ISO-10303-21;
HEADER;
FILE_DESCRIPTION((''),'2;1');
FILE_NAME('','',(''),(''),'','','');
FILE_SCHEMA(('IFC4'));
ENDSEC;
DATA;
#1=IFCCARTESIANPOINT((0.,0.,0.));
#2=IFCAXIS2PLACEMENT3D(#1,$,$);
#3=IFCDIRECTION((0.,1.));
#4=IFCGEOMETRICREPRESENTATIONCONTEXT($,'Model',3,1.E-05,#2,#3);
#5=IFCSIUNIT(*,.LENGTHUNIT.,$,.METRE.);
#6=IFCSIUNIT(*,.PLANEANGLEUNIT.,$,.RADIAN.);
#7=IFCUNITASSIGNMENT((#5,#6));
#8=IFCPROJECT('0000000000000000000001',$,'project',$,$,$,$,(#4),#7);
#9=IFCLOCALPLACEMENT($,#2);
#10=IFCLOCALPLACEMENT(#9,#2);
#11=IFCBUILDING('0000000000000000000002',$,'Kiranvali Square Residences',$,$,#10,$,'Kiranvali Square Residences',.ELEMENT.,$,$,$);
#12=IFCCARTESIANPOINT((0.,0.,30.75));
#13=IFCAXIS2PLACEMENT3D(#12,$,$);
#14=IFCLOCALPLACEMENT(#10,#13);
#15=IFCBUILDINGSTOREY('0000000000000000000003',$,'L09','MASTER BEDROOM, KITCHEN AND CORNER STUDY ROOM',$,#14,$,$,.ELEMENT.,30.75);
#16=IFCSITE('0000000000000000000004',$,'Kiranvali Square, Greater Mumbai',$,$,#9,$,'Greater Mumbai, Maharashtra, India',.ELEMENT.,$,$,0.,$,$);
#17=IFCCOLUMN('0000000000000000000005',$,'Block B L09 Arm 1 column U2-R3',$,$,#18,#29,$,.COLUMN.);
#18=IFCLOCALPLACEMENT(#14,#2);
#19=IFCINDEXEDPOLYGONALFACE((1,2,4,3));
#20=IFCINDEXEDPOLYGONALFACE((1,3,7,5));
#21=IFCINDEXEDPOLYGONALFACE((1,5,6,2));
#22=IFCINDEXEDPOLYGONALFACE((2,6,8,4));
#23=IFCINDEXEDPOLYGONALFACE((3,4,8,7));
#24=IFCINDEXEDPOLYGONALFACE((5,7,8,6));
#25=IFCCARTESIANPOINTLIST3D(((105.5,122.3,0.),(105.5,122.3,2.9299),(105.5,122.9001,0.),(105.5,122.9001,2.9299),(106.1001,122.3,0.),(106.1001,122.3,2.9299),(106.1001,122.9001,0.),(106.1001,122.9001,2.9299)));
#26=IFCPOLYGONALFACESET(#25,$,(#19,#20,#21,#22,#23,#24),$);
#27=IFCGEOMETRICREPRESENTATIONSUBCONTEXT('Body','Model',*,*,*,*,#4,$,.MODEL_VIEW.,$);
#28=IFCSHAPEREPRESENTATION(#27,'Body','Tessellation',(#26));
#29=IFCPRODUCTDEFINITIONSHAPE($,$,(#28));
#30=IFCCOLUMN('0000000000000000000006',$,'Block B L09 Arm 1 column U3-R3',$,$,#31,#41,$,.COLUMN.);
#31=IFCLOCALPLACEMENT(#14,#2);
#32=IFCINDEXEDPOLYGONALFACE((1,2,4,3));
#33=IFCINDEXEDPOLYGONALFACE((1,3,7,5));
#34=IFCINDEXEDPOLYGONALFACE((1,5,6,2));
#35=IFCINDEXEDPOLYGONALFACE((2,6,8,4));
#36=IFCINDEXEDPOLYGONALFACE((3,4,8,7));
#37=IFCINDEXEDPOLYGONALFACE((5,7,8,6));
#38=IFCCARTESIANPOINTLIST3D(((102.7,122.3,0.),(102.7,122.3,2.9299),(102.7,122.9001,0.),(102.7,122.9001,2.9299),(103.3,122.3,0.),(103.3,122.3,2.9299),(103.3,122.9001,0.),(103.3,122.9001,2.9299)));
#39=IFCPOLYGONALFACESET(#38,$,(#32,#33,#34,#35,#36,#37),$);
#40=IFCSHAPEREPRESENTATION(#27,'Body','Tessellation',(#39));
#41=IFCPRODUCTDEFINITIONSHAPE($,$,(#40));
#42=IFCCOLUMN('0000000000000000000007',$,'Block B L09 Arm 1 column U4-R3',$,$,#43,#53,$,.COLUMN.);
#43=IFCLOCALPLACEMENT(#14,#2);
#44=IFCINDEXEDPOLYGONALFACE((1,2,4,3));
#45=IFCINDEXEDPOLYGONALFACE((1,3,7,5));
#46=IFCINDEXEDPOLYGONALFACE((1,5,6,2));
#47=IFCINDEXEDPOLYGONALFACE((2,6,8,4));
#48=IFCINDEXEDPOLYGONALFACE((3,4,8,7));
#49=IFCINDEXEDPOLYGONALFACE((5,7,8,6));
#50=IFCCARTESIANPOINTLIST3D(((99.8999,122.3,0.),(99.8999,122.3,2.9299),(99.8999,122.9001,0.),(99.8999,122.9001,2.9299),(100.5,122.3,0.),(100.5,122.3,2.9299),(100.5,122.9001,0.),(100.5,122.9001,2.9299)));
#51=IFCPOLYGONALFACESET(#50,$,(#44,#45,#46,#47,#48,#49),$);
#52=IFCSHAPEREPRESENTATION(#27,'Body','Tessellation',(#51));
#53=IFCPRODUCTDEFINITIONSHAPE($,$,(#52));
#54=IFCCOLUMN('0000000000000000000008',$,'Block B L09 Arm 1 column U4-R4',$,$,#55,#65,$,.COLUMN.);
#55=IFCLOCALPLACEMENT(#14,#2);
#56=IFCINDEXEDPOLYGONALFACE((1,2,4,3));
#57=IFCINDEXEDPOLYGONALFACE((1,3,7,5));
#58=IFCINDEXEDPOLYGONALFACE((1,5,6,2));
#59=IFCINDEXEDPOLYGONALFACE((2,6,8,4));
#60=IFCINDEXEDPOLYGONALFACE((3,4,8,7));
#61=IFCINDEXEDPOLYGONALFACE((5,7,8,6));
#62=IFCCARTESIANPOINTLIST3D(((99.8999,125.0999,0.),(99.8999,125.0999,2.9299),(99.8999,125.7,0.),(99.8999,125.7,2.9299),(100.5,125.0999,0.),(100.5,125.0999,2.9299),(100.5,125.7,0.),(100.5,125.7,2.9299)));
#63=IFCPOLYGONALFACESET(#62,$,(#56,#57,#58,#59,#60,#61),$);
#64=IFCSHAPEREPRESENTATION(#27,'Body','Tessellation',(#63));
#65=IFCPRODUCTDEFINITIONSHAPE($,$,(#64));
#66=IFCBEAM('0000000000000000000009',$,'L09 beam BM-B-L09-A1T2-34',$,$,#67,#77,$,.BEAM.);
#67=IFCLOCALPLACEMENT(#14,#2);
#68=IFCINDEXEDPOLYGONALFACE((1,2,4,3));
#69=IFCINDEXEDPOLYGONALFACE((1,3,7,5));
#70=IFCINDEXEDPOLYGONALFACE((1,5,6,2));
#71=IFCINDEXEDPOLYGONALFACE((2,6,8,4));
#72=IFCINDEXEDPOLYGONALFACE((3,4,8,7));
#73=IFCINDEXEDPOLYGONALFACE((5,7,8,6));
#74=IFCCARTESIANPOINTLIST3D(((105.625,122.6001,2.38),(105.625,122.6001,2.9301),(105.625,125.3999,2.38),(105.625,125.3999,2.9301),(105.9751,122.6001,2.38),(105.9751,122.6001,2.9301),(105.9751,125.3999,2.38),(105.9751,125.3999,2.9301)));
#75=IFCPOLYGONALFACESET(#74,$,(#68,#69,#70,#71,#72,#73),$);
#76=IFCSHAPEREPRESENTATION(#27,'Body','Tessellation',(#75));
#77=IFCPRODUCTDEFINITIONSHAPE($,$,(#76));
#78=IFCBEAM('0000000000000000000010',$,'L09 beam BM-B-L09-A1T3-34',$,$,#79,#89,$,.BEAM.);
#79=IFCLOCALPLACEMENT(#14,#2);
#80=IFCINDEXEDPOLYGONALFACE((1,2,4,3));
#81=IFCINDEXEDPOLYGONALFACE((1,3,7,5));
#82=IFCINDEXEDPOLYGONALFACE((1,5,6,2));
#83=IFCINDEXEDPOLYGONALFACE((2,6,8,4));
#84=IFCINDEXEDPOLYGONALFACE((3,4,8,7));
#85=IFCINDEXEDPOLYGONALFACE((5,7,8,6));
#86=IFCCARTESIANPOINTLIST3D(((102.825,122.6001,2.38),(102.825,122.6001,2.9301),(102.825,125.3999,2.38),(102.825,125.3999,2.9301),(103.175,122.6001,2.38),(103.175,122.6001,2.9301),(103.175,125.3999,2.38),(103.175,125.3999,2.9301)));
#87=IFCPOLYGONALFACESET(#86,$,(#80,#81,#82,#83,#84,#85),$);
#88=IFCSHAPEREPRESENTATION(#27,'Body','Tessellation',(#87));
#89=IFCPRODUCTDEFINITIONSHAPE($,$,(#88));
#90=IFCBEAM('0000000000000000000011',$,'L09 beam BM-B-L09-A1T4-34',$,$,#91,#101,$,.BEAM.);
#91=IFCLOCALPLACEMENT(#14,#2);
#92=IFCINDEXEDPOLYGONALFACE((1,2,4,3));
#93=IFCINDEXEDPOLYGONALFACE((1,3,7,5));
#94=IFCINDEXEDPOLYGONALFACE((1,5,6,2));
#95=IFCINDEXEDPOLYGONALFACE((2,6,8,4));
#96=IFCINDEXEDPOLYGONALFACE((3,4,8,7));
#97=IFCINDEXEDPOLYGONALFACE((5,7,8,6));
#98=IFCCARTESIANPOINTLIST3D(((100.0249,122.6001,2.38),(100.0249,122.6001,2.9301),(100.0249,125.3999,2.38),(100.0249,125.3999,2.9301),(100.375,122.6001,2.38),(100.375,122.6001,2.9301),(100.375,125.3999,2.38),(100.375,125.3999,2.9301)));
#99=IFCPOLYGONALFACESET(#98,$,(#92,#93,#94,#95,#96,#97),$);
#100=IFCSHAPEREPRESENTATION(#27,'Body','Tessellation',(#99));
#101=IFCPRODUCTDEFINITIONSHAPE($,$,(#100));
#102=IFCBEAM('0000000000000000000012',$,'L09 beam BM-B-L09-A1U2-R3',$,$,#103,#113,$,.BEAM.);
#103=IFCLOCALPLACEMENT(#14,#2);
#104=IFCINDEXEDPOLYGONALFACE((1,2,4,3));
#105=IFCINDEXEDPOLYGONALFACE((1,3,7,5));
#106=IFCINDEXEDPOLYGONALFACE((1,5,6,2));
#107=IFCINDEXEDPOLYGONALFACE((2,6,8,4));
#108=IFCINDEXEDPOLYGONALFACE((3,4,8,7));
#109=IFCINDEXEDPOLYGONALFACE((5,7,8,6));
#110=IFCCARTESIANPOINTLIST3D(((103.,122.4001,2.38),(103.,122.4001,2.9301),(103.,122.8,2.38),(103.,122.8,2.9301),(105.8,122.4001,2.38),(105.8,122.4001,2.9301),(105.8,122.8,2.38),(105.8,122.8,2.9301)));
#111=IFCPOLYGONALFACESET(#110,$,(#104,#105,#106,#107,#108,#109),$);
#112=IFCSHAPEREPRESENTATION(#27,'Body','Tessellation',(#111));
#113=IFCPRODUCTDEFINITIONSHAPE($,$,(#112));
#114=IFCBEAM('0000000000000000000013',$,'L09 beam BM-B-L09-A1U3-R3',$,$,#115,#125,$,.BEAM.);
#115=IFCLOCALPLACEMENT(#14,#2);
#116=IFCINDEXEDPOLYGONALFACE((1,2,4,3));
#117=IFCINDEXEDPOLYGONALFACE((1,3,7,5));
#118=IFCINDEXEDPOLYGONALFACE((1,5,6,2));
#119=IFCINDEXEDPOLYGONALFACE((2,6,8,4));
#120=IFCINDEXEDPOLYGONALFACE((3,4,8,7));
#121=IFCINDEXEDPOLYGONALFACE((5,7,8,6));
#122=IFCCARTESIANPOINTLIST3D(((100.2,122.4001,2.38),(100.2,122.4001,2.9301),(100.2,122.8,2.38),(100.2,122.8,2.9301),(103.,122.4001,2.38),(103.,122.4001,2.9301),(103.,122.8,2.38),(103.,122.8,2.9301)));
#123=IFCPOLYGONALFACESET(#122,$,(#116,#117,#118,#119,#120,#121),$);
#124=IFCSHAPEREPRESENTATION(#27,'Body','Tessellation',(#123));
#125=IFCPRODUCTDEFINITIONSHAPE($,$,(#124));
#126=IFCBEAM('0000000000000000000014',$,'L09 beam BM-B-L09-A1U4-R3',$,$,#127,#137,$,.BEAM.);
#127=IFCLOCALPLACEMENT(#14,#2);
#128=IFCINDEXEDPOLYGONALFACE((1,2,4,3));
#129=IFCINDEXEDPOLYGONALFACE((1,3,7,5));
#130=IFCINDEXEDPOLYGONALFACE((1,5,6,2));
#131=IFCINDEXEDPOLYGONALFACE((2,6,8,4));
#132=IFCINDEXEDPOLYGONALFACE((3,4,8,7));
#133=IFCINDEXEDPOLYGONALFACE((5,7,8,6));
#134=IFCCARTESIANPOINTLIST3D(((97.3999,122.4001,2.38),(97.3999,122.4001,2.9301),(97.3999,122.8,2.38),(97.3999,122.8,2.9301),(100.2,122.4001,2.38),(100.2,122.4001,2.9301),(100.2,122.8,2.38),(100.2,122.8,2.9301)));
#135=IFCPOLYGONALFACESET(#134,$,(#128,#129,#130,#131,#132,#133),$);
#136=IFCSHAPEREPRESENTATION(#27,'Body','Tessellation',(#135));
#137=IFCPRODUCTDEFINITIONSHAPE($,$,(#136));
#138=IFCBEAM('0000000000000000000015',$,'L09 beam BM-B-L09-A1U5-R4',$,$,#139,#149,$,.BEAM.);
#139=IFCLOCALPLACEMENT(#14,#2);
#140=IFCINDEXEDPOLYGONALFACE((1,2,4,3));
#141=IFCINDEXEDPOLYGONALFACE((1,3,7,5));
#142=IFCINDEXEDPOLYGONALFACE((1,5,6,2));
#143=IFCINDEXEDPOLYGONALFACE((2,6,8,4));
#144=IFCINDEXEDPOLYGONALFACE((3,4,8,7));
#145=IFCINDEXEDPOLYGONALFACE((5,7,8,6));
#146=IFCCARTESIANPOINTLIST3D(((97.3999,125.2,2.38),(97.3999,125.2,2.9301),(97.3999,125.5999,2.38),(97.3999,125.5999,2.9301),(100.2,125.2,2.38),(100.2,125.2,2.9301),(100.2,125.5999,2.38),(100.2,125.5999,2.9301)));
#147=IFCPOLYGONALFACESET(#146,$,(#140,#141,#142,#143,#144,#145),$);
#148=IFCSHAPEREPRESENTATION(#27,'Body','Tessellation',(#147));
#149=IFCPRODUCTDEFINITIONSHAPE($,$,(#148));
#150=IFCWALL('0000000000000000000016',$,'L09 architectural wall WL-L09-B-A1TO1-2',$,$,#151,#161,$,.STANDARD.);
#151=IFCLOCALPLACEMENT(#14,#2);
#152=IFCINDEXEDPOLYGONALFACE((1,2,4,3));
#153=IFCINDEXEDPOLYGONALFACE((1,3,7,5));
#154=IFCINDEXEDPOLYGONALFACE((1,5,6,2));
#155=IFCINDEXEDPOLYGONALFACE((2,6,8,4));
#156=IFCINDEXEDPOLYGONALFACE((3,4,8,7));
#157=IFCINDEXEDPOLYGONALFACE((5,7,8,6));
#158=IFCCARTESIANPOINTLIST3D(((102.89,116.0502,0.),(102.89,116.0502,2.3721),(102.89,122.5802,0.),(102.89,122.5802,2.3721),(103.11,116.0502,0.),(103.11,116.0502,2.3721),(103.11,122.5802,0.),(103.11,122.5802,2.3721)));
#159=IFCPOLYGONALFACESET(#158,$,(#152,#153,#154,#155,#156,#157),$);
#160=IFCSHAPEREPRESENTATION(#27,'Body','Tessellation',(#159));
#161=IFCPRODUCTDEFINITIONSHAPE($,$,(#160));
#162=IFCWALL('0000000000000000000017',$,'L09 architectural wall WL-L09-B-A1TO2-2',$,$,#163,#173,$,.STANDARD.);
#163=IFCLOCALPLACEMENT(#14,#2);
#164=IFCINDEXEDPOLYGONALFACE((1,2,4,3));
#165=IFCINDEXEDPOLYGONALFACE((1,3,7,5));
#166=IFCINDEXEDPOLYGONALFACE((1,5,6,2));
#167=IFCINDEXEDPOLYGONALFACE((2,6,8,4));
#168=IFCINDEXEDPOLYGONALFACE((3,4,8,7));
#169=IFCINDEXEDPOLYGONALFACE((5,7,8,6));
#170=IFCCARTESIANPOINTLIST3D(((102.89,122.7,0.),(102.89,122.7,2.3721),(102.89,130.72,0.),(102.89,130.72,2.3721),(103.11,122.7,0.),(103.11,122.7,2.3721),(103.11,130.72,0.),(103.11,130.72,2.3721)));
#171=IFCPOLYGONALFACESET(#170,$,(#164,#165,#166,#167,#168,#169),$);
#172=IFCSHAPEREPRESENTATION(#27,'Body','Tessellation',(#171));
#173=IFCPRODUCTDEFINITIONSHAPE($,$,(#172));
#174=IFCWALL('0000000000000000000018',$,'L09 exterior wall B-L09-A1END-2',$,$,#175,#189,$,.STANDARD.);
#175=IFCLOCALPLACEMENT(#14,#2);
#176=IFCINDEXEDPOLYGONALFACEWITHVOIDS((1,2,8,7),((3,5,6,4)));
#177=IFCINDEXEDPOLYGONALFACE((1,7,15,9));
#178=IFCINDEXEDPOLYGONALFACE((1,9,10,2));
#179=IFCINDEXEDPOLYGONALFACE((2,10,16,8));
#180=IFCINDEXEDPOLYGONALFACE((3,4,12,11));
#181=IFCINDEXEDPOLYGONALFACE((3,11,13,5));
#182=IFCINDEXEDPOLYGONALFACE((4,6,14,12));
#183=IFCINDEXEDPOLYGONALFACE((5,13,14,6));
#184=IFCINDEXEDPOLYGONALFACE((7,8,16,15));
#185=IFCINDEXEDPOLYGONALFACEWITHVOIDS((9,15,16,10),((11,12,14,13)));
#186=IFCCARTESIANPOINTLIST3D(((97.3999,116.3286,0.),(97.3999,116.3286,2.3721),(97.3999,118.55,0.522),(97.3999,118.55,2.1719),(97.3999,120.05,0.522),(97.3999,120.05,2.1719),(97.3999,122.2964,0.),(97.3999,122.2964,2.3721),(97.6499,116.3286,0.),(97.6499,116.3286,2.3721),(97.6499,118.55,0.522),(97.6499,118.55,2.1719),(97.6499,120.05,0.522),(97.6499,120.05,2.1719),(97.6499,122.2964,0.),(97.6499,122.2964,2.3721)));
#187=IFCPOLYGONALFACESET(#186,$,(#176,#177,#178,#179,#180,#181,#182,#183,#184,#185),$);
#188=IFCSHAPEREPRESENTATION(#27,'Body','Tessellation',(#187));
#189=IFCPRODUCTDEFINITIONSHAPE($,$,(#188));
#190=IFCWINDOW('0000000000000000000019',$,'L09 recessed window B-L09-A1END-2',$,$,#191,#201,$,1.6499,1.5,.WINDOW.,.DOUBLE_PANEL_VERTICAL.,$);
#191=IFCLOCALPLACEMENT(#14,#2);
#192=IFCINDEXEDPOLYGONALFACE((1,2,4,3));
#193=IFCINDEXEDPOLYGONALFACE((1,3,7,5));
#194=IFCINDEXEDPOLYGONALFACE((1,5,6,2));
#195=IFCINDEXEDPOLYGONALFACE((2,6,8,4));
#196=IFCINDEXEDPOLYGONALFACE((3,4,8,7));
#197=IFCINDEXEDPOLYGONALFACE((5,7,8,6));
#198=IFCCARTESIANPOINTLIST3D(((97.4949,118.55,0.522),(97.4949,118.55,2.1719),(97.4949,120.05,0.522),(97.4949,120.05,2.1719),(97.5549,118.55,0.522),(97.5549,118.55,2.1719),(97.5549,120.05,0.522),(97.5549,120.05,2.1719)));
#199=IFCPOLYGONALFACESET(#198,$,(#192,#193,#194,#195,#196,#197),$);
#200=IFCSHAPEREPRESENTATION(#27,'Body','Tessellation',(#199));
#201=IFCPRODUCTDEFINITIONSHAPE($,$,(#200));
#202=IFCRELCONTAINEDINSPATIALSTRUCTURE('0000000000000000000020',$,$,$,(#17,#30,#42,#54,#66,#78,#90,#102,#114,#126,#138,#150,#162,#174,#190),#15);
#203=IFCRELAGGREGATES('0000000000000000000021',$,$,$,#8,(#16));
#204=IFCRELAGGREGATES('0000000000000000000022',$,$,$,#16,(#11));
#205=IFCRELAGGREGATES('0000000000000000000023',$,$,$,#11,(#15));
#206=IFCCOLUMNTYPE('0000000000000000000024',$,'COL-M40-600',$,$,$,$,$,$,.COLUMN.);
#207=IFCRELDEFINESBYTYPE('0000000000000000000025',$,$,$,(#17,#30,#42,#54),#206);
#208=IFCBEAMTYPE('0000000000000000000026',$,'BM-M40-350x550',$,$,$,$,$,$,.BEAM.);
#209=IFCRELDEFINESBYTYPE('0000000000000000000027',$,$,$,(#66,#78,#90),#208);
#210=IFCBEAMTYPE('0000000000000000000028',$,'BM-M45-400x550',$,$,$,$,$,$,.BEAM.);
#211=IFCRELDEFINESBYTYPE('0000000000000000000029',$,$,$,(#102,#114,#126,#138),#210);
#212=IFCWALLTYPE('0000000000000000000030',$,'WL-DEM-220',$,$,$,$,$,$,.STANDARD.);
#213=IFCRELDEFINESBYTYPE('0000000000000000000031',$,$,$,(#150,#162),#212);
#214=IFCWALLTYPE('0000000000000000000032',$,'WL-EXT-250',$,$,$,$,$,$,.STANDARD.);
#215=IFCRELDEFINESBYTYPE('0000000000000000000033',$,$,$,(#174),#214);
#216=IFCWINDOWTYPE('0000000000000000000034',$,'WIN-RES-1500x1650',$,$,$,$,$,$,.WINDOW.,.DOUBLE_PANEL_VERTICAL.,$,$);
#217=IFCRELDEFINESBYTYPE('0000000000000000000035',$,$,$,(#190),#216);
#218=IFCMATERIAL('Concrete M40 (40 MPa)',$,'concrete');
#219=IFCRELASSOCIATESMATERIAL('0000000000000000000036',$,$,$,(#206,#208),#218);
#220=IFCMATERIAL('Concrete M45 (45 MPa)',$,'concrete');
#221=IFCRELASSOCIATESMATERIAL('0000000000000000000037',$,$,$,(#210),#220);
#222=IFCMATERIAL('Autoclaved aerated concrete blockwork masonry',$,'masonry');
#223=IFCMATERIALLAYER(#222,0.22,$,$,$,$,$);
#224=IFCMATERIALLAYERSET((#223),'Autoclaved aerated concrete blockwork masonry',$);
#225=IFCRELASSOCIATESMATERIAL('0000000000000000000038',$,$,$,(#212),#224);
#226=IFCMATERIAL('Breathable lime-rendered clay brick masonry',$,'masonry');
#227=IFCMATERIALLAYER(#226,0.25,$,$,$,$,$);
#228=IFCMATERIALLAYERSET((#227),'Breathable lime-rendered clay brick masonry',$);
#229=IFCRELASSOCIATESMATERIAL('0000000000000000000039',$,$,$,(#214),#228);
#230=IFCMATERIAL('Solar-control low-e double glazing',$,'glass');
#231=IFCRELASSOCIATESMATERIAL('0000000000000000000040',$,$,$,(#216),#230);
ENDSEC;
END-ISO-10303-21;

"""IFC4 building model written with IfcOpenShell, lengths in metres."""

from ifc_helpers import new_model, si_unit, direction, frame, frame_2d, origin, origin_2d, place, context, subcontext, project, spatial, rectangle, extrude, material, layer, layer_set, material_profile, profile_set, type_object, element, fill, save


model = new_model("IFC4")

# Units and contexts
model_context = context("Model", 3, precision=1e-05, world=origin(), true_north=direction((0.0, 1.0)))
body_context = subcontext(model_context, "Body", "Model", "MODEL_VIEW")
ifc_project = project(units=[si_unit("LENGTHUNIT", "METRE"), si_unit("PLANEANGLEUNIT", "RADIAN")], contexts=[model_context])

# Site, building, storey
site_placement = place(None, origin())
site = spatial("IfcSite", under=ifc_project, at=site_placement, Name="Kiranvali Square, Greater Mumbai", LongName="Greater Mumbai, Maharashtra, India", CompositionType="ELEMENT", RefElevation=0.0)
building_placement = place(site_placement, origin())
building = spatial("IfcBuilding", under=site, at=building_placement, Name="Kiranvali Square Residences", LongName="Kiranvali Square Residences", CompositionType="ELEMENT")
storey_placement = place(building_placement, frame((0.0, 0.0, 30.75)))
storey = spatial("IfcBuildingStorey", under=building, at=storey_placement, Name="L09", Description="MASTER BEDROOM, KITCHEN AND CORNER STUDY ROOM", CompositionType="ELEMENT", Elevation=30.75)

# Columns
ifc_material_1 = material(Name="Concrete M40 (40 MPa)", Category="concrete")
ifc_material_profile_1 = material_profile(ifc_material_1, rectangle(XDim=0.6001, YDim=0.6001, at=origin_2d()), Name="RC 600x600")
ifc_profile_set_1 = profile_set([ifc_material_profile_1], Name="Concrete M40 (40 MPa)")
column_type = type_object("IfcColumnType", Name="COL-M40-600", PredefinedType="COLUMN", material=ifc_profile_set_1)
for number, where, z_axis, x_axis, name in (
    (1, (105.8, 122.6001, 0.0), (0.0, 0.0, 1.0), (1.0, 0.0, 0.0), "Block B L09 Arm 1 column U2-R3"),
    (2, (103.0, 122.6001, 0.0), (0.0, 0.0, 1.0), (1.0, 0.0, 0.0), "Block B L09 Arm 1 column U3-R3"),
    (3, (100.2, 122.6001, 0.0), (0.0, 0.0, 1.0), (1.0, 0.0, 0.0), "Block B L09 Arm 1 column U4-R3"),
    (4, (100.2, 125.3999, 0.0), (0.0, 0.0, 1.0), (1.0, 0.0, 0.0), "Block B L09 Arm 1 column U4-R4"),
):
    element("IfcColumn", number, at=place(storey_placement, frame(where, z_axis=z_axis, x_axis=x_axis)), inside=storey, type_object=column_type, Name=name, PredefinedType="COLUMN", context=body_context, shape_type="SweptSolid", body=[
        extrude(rectangle(XDim=0.6001, YDim=0.6001, at=origin_2d()), origin(), (0.0, 0.0, 1.0), 2.9299),
    ])

# Beams
ifc_material_profile_2 = material_profile(ifc_material_1, rectangle(XDim=0.3501, YDim=0.55, at=origin_2d()), Name="RC 350x550")
ifc_profile_set_2 = profile_set([ifc_material_profile_2], Name="Concrete M40 (40 MPa)")
beam_type_1 = type_object("IfcBeamType", Name="BM-M40-350x550", PredefinedType="BEAM", material=ifc_profile_set_2)
for number, where, z_axis, x_axis, name in (
    (5, (105.8, 122.6001, 2.655), (0.0, 1.0, 0.0), (-1.0, 0.0, 0.0), "L09 beam BM-B-L09-A1T2-34"),
    (6, (103.0, 122.6001, 2.655), (0.0, 1.0, 0.0), (-1.0, 0.0, 0.0), "L09 beam BM-B-L09-A1T3-34"),
    (7, (100.2, 122.6001, 2.655), (0.0, 1.0, 0.0), (-1.0, 0.0, 0.0), "L09 beam BM-B-L09-A1T4-34"),
):
    element("IfcBeam", number, at=place(storey_placement, frame(where, z_axis=z_axis, x_axis=x_axis)), inside=storey, type_object=beam_type_1, Name=name, PredefinedType="BEAM", context=body_context, shape_type="SweptSolid", body=[
        extrude(rectangle(XDim=0.3501, YDim=0.55, at=origin_2d()), origin(), (0.0, 0.0, 1.0), 2.7998),
    ])
ifc_material_2 = material(Name="Concrete M45 (45 MPa)", Category="concrete")
ifc_material_profile_3 = material_profile(ifc_material_2, rectangle(XDim=0.3999, YDim=0.55, at=origin_2d()), Name="RC 400x550")
ifc_profile_set_3 = profile_set([ifc_material_profile_3], Name="Concrete M45 (45 MPa)")
beam_type_2 = type_object("IfcBeamType", Name="BM-M45-400x550", PredefinedType="BEAM", material=ifc_profile_set_3)
for number, where, z_axis, x_axis, name in (
    (8, (105.8, 122.6001, 2.655), (-1.0, 0.0, 0.0), (0.0, -1.0, 0.0), "L09 beam BM-B-L09-A1U2-R3"),
    (9, (103.0, 122.6001, 2.655), (-1.0, 0.0, 0.0), (0.0, -1.0, 0.0), "L09 beam BM-B-L09-A1U3-R3"),
    (10, (100.2, 122.6001, 2.655), (-1.0, 0.0, 0.0), (0.0, -1.0, 0.0), "L09 beam BM-B-L09-A1U4-R3"),
    (11, (100.2, 125.3999, 2.655), (-1.0, 0.0, 0.0), (0.0, -1.0, 0.0), "L09 beam BM-B-L09-A1U5-R4"),
):
    element("IfcBeam", number, at=place(storey_placement, frame(where, z_axis=z_axis, x_axis=x_axis)), inside=storey, type_object=beam_type_2, Name=name, PredefinedType="BEAM", context=body_context, shape_type="SweptSolid", body=[
        extrude(rectangle(XDim=0.3999, YDim=0.55, at=origin_2d()), origin(), (0.0, 0.0, 1.0), 2.8),
    ])

# Walls
ifc_material_3 = material(Name="Autoclaved aerated concrete blockwork masonry", Category="masonry")
ifc_layer_1 = layer(ifc_material_3, 0.22)
ifc_layer_set_1 = layer_set([ifc_layer_1], Name="Autoclaved aerated concrete blockwork masonry")
wall_type_1 = type_object("IfcWallType", Name="WL-DEM-220", PredefinedType="STANDARD", material=ifc_layer_set_1)
wall_1_placement = place(storey_placement, frame((103.0, 116.05, 0.0), z_axis=(0.0, 0.0, 1.0), x_axis=(0.0, 1.0, 0.0)))
element("IfcWall", 12, at=wall_1_placement, inside=storey, type_object=wall_type_1, Name="L09 architectural wall WL-L09-B-A1TO1-2", PredefinedType="STANDARD", context=body_context, shape_type="SweptSolid", body=[
    extrude(rectangle(XDim=6.53, YDim=0.22, at=frame_2d((3.2651, 0.0))), origin(), (0.0, 0.0, 1.0), 2.3721),
])
wall_2_placement = place(storey_placement, frame((103.0, 122.7, 0.0), z_axis=(0.0, 0.0, 1.0), x_axis=(0.0, 1.0, 0.0)))
element("IfcWall", 13, at=wall_2_placement, inside=storey, type_object=wall_type_1, Name="L09 architectural wall WL-L09-B-A1TO2-2", PredefinedType="STANDARD", context=body_context, shape_type="SweptSolid", body=[
    extrude(rectangle(XDim=8.02, YDim=0.22, at=frame_2d((4.01, 0.0))), origin(), (0.0, 0.0, 1.0), 2.3721),
])

# Wall, opening, window
ifc_material_4 = material(Name="Breathable lime-rendered clay brick masonry", Category="masonry")
ifc_layer_2 = layer(ifc_material_4, 0.25)
ifc_layer_set_2 = layer_set([ifc_layer_2], Name="Breathable lime-rendered clay brick masonry")
wall_type_2 = type_object("IfcWallType", Name="WL-EXT-250", PredefinedType="STANDARD", material=ifc_layer_set_2)
wall_3_placement = place(storey_placement, frame((97.5249, 116.3286, 0.0), z_axis=(0.0, 0.0, 1.0), x_axis=(0.0, 1.0, 0.0)))
wall_3 = element("IfcWall", 14, at=wall_3_placement, inside=storey, type_object=wall_type_2, Name="L09 exterior wall B-L09-A1END-2", PredefinedType="STANDARD", context=body_context, shape_type="SweptSolid", body=[
    extrude(rectangle(XDim=5.9678, YDim=0.25, at=frame_2d((2.9839, 0.0))), origin(), (0.0, 0.0, 1.0), 2.3721),
])
opening_1_placement = place(wall_3_placement, frame((2.2214, 0.0, 0.522)))
opening_1 = element("IfcOpeningElement", 15, at=opening_1_placement, cuts=wall_3, PredefinedType="OPENING", context=body_context, shape_type="SweptSolid", body=[
    extrude(rectangle(XDim=1.5, YDim=1.6499, at=frame_2d((0.75, 0.825))), frame((0.0, 0.135, 0.0), z_axis=(0.0, -1.0, 0.0), x_axis=(1.0, 0.0, 0.0)), (0.0, 0.0, 1.0), 0.27),
])
ifc_material_5 = material(Name="Solar-control low-e double glazing", Category="glass")
window_type_1 = type_object("IfcWindowType", Name="WIN-RES-1500x1650", PartitioningType="DOUBLE_PANEL_VERTICAL", PredefinedType="WINDOW", material=ifc_material_5)
window_1_placement = place(opening_1_placement, origin())
window_1 = element("IfcWindow", 16, at=window_1_placement, inside=storey, type_object=window_type_1, Name="L09 recessed window B-L09-A1END-2", OverallHeight=1.6499, OverallWidth=1.5, PartitioningType="DOUBLE_PANEL_VERTICAL", PredefinedType="WINDOW", context=body_context, shape_type="SweptSolid", body=[
    extrude(rectangle(XDim=1.5, YDim=1.6499, at=frame_2d((0.75, 0.825))), frame((0.0, 0.03, 0.0), z_axis=(0.0, -1.0, 0.0), x_axis=(1.0, 0.0, 0.0)), (0.0, 0.0, 1.0), 0.0601),
])
fill(opening_1, window_1)

save(model, "model.ifc")
